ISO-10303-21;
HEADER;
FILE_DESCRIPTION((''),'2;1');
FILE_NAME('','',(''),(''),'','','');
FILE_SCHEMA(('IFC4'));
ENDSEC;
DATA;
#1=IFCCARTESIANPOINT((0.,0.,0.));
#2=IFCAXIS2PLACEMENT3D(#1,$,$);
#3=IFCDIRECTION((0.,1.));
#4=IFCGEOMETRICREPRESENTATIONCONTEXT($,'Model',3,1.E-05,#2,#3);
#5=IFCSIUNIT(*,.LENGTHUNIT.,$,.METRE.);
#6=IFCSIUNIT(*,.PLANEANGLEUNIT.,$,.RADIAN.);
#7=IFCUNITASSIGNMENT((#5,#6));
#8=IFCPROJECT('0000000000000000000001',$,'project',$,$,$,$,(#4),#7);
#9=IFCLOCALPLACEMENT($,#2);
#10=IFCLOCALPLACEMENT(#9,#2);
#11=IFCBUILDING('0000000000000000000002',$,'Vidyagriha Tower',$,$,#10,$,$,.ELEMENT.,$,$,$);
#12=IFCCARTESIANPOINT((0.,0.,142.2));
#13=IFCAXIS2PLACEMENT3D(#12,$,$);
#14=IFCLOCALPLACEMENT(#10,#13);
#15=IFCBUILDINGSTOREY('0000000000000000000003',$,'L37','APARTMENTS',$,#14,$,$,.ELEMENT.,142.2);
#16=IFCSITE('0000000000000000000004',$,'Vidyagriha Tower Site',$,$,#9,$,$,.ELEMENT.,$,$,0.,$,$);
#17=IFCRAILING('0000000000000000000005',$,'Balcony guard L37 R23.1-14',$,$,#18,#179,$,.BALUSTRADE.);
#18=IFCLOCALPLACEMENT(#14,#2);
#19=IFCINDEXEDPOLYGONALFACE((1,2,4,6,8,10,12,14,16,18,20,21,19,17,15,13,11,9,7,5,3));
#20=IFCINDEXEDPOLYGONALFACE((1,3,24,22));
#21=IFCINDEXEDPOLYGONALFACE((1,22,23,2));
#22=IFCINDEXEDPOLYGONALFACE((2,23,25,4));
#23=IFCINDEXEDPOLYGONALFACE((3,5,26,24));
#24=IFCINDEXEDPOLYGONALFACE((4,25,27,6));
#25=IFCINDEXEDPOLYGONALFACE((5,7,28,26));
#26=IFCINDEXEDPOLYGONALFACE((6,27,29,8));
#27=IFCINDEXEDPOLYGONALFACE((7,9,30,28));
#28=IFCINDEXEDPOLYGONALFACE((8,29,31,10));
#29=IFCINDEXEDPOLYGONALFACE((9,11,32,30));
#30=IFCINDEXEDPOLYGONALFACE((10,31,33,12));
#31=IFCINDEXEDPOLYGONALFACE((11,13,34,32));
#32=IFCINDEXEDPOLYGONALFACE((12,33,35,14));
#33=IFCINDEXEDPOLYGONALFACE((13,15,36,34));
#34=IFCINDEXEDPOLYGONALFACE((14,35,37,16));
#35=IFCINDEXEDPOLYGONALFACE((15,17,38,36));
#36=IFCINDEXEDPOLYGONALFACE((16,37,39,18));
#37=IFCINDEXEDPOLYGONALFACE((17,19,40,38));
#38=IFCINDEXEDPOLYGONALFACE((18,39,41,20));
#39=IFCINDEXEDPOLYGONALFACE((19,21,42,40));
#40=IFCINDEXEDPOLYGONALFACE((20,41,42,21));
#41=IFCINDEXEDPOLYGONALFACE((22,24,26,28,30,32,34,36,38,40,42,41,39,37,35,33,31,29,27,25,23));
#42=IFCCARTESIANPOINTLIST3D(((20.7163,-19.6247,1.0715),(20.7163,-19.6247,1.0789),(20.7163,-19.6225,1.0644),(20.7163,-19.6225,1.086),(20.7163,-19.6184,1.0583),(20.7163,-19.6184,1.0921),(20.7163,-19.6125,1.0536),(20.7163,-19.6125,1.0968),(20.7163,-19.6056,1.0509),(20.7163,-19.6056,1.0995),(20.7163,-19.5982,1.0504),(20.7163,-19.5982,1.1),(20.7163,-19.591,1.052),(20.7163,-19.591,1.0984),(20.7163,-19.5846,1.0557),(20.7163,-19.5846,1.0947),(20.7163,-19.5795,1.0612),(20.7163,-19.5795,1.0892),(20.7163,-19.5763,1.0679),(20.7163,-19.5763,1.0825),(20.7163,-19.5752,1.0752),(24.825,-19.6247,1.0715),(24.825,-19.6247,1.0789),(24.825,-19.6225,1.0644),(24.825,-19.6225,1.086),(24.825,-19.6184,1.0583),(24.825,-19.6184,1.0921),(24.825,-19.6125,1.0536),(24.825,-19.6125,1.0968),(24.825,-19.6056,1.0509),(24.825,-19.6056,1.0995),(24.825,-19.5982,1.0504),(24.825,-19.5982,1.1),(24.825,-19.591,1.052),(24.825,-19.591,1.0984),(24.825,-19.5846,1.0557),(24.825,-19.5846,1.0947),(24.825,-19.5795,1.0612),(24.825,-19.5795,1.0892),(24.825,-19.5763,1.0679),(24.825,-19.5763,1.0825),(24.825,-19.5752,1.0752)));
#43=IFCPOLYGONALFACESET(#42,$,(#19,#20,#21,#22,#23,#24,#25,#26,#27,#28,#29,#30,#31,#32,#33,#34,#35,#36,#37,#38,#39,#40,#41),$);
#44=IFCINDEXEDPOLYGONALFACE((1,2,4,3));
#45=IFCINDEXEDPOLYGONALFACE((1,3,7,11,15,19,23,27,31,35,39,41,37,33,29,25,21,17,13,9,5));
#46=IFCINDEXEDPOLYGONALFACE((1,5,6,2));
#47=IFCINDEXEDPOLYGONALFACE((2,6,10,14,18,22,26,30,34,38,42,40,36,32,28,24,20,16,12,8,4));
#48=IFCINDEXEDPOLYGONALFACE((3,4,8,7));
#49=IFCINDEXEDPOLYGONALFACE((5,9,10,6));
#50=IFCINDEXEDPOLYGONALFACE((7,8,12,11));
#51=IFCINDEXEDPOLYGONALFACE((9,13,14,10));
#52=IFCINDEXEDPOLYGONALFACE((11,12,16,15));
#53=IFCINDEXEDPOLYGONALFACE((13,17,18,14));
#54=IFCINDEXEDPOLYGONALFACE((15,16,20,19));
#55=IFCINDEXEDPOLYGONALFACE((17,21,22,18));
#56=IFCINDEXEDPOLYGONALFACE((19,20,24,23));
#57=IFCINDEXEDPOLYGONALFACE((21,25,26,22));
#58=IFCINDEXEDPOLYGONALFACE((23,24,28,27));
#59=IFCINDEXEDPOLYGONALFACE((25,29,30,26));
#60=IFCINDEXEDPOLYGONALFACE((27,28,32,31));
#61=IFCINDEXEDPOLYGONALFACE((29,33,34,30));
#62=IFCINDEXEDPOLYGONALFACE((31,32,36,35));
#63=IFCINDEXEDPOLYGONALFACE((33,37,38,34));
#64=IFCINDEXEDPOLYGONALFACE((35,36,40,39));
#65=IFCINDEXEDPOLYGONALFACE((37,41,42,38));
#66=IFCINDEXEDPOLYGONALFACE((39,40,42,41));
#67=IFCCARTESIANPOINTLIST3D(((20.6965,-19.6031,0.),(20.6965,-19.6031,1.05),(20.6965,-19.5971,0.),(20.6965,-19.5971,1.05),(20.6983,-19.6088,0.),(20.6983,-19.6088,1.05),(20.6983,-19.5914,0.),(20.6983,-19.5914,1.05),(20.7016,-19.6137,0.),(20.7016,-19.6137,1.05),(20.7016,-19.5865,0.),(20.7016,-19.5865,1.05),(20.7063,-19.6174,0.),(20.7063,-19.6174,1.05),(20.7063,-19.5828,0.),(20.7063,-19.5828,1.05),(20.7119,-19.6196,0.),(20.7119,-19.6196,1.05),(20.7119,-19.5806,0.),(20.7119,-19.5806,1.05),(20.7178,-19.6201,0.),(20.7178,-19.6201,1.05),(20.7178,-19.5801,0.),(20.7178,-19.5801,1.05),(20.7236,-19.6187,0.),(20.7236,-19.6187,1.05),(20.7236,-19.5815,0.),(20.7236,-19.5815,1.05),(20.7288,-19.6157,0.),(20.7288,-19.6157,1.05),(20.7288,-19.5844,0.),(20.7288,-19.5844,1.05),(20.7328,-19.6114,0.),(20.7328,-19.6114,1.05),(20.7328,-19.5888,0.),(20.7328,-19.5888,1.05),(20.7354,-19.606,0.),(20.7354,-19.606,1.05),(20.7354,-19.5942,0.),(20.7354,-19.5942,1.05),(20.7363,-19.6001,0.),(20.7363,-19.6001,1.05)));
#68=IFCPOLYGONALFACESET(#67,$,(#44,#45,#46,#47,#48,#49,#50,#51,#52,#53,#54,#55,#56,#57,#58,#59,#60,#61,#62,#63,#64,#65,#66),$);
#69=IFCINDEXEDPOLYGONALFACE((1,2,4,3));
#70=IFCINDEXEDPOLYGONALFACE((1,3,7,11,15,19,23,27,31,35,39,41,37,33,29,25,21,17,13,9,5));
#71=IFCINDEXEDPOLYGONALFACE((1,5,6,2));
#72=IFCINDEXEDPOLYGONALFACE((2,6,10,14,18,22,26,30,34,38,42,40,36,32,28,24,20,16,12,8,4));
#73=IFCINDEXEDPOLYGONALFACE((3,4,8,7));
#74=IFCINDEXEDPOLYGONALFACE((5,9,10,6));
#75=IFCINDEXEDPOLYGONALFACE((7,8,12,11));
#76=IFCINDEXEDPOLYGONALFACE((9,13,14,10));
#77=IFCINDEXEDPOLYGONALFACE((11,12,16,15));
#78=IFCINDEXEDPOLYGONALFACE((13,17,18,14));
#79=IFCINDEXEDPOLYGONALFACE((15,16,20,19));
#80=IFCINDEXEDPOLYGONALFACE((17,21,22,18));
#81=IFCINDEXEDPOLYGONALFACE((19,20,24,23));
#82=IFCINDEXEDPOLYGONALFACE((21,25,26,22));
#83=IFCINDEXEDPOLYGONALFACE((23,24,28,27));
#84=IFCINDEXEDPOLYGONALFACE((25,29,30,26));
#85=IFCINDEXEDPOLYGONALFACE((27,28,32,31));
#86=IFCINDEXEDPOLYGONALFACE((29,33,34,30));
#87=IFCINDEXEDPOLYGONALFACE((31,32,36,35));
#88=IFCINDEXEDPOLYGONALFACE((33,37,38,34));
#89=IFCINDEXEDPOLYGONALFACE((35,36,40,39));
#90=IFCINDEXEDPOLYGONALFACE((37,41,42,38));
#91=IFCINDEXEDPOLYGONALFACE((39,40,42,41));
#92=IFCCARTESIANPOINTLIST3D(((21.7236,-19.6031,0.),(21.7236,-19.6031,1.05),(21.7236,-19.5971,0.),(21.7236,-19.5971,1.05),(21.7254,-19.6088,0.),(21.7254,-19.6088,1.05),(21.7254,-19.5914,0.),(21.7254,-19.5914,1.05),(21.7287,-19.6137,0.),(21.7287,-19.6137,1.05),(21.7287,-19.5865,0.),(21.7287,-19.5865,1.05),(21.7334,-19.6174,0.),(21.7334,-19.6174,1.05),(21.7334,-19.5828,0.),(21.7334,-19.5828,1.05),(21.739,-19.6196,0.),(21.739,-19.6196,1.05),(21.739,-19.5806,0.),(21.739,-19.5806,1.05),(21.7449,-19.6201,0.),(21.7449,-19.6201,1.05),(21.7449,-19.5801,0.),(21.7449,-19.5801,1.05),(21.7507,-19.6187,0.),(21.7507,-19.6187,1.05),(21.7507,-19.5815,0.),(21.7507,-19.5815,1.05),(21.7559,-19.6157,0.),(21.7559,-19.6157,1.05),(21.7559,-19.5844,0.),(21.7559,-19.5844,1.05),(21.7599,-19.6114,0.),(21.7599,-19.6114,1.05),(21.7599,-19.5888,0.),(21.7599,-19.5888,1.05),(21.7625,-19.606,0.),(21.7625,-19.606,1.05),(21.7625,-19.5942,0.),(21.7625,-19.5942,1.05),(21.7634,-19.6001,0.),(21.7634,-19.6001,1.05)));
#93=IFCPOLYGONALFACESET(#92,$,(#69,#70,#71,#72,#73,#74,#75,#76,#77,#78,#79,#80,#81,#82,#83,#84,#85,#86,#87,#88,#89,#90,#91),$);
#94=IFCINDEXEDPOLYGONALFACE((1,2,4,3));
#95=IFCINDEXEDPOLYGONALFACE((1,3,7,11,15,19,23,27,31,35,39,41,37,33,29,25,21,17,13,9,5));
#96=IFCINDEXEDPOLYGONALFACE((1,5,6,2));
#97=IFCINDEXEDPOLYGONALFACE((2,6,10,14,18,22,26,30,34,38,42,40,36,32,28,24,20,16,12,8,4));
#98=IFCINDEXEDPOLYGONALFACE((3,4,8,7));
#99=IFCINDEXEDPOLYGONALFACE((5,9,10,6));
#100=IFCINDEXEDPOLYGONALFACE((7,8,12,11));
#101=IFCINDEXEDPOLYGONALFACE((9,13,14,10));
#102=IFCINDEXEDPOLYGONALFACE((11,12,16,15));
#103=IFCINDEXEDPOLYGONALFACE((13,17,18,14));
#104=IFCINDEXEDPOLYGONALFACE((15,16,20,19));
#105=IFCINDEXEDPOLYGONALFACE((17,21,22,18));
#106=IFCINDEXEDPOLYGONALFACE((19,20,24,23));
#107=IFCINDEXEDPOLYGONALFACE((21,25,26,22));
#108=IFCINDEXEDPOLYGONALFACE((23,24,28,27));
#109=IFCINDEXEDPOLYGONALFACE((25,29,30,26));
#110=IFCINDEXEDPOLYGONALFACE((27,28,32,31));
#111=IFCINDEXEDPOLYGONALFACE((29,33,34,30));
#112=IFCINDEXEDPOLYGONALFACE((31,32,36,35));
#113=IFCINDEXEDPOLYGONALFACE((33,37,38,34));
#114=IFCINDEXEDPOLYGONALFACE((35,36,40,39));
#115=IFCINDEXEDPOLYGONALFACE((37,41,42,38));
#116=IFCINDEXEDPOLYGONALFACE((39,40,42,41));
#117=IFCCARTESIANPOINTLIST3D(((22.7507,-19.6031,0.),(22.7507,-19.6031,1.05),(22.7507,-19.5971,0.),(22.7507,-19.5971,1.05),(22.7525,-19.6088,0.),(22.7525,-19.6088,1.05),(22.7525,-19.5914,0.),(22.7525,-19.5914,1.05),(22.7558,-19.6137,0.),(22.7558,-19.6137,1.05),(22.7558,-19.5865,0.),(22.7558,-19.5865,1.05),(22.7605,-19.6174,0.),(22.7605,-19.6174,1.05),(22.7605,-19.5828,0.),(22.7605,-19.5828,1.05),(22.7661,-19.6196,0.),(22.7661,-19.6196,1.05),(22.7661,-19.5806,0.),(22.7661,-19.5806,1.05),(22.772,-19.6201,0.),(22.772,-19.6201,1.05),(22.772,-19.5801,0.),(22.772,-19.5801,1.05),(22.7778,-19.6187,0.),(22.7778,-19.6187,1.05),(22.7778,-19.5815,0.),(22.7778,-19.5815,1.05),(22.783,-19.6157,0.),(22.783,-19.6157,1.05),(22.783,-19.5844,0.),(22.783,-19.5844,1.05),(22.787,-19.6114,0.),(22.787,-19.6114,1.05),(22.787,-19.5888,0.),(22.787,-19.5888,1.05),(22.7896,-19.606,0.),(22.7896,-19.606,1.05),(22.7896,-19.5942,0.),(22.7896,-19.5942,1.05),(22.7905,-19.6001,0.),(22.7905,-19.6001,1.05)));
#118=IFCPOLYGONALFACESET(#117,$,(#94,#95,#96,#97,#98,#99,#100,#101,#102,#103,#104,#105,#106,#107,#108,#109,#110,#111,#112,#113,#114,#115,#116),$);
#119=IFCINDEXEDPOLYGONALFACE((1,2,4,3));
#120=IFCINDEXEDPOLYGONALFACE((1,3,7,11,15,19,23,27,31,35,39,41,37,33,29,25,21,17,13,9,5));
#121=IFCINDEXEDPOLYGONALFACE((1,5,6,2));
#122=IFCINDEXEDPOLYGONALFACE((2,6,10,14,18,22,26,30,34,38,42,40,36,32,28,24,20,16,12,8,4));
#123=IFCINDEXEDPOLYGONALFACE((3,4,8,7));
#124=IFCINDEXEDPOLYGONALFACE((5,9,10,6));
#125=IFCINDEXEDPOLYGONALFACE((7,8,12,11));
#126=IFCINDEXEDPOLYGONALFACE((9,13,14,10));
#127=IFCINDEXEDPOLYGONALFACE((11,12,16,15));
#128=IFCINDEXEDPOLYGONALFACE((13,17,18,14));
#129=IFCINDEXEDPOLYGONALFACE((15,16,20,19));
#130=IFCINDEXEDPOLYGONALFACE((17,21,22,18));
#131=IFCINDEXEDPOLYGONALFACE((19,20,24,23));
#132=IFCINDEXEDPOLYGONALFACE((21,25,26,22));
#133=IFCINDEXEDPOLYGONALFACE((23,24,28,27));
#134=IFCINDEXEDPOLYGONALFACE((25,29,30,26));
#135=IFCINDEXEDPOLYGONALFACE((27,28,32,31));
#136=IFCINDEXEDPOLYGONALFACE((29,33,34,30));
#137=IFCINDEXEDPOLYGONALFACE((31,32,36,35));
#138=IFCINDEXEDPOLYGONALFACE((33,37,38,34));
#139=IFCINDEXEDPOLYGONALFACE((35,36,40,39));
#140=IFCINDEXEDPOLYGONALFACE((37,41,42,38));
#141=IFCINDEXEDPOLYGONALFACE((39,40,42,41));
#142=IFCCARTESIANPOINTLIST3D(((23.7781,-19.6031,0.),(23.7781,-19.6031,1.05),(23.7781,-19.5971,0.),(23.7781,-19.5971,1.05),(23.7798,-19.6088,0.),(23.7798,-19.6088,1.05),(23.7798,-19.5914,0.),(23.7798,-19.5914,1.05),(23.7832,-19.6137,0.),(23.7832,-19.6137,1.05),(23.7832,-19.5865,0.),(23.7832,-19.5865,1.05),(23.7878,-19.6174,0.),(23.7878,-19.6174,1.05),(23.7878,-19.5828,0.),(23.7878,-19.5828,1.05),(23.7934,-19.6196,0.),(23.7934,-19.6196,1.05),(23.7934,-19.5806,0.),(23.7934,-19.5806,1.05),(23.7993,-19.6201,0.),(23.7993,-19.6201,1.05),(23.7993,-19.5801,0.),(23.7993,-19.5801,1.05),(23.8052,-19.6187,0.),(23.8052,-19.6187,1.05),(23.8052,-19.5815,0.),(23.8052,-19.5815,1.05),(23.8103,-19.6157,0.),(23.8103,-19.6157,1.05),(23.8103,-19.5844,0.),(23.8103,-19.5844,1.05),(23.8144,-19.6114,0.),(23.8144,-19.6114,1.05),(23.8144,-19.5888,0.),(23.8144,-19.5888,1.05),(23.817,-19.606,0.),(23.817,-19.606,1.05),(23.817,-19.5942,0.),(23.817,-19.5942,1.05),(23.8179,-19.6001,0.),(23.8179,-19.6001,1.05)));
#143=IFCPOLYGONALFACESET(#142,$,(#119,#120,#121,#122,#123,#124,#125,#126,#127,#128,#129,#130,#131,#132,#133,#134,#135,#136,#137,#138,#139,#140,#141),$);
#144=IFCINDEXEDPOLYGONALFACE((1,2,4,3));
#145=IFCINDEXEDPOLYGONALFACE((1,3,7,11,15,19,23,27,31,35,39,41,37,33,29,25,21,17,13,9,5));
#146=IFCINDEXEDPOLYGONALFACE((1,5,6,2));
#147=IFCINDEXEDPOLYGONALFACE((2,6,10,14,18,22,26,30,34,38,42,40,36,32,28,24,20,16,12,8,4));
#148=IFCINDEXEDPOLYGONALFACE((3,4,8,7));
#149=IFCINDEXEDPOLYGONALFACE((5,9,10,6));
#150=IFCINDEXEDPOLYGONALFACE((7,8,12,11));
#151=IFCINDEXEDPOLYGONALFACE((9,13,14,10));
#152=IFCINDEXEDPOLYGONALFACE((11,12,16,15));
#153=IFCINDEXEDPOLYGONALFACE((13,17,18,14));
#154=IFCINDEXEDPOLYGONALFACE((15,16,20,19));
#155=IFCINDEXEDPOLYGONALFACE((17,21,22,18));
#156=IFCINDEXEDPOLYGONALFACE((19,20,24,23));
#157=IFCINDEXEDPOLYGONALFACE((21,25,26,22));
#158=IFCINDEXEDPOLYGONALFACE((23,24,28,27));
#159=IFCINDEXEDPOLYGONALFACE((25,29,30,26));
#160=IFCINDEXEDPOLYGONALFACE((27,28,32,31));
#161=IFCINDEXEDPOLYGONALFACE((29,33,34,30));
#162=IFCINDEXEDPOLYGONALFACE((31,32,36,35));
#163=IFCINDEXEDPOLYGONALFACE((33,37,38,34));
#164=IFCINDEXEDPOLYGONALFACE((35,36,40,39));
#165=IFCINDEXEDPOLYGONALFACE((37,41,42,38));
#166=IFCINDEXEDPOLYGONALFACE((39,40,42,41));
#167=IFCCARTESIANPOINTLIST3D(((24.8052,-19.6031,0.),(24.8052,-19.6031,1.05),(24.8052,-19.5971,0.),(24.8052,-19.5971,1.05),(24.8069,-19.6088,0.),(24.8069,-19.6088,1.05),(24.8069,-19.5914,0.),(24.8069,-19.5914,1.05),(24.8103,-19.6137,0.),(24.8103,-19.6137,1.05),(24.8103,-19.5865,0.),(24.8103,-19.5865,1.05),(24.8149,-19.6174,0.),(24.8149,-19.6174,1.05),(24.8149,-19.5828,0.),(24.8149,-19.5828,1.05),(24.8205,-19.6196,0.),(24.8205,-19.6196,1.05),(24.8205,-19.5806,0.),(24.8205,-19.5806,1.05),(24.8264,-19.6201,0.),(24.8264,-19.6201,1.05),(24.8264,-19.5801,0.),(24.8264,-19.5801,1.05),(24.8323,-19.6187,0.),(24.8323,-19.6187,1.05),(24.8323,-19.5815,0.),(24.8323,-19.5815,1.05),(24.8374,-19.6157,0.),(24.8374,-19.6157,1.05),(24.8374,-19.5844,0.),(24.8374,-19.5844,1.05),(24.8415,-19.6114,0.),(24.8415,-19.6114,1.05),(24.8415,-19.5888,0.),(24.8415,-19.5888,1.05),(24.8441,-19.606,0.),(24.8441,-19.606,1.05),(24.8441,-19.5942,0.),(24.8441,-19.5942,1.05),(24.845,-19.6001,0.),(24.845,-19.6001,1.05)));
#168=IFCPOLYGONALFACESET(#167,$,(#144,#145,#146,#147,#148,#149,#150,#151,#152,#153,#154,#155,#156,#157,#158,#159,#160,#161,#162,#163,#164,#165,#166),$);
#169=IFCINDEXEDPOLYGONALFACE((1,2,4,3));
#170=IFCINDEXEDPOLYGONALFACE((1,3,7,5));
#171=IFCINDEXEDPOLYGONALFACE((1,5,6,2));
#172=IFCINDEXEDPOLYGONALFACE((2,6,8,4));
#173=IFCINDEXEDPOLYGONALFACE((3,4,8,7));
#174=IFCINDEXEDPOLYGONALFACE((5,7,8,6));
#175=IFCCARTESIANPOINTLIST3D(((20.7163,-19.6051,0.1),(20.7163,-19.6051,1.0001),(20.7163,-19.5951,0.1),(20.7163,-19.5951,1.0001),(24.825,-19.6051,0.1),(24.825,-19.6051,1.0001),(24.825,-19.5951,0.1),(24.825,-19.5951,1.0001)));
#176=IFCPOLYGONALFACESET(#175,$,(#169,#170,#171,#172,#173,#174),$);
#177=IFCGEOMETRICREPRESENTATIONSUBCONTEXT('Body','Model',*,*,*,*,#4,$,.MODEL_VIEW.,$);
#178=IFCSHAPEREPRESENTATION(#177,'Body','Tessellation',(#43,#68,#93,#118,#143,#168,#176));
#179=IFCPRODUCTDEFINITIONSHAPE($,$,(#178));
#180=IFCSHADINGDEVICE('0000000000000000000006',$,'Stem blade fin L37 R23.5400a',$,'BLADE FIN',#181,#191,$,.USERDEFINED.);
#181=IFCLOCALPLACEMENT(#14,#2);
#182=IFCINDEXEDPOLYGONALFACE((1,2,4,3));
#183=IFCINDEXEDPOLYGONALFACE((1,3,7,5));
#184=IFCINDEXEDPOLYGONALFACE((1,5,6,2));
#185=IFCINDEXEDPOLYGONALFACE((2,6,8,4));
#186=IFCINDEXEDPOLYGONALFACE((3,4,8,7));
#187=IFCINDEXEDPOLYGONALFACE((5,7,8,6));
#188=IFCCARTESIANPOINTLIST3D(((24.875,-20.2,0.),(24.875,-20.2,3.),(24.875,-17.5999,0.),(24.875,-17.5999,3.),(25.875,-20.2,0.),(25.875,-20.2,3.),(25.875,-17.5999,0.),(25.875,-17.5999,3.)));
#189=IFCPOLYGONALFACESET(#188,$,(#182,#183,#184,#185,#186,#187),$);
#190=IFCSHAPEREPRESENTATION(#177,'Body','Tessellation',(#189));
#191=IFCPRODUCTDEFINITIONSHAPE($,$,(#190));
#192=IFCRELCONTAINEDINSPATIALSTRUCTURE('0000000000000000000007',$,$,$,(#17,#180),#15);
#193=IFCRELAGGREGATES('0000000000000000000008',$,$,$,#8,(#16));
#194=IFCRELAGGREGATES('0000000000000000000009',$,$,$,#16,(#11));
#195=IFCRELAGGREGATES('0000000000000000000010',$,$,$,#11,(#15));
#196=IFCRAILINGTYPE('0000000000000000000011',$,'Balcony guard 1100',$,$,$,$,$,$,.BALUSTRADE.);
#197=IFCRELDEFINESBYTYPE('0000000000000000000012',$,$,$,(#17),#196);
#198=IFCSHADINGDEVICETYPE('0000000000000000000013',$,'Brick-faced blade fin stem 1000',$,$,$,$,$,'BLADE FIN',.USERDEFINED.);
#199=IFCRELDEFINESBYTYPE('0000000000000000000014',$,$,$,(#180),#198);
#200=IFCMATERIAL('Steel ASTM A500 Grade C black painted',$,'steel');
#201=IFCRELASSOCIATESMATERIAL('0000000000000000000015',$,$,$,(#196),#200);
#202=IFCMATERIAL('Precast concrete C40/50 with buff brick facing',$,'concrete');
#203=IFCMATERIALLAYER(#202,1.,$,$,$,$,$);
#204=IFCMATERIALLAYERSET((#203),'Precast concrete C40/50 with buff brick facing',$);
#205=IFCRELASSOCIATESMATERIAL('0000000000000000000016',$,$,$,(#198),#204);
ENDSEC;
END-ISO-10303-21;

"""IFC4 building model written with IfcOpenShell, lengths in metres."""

from ifc_helpers import new_model, si_unit, direction, frame, origin, origin_2d, place, context, subcontext, project, spatial, polyline, rectangle, circle, outline, extrude, material, layer, layer_set, type_object, element, save


model = new_model("IFC4")

# Units and contexts
model_context = context("Model", 3, precision=1e-05, world=origin(), true_north=direction((0.0, 1.0)))
body_context = subcontext(model_context, "Body", "Model", "MODEL_VIEW")
ifc_project = project(units=[si_unit("LENGTHUNIT", "METRE"), si_unit("PLANEANGLEUNIT", "RADIAN")], contexts=[model_context])

# Site, building, storey
site_placement = place(None, origin())
site = spatial("IfcSite", under=ifc_project, at=site_placement, Name="Vidyagriha Tower Site", CompositionType="ELEMENT", RefElevation=0.0)
building_placement = place(site_placement, origin())
building = spatial("IfcBuilding", under=site, at=building_placement, Name="Vidyagriha Tower", CompositionType="ELEMENT")
storey_placement = place(building_placement, frame((0.0, 0.0, 142.2)))
storey = spatial("IfcBuildingStorey", under=building, at=storey_placement, Name="L37", Description="APARTMENTS", CompositionType="ELEMENT", Elevation=142.2)

# Railing
ifc_material_1 = material(Name="Steel ASTM A500 Grade C black painted", Category="steel")
railing_type_1 = type_object("IfcRailingType", Name="Balcony guard 1100", PredefinedType="BALUSTRADE", material=ifc_material_1)
railing_1_placement = place(storey_placement, frame((20.7163, -19.6001, 0.0)))
element("IfcRailing", 1, at=railing_1_placement, inside=storey, type_object=railing_type_1, Name="Balcony guard L37 R23.1-14", PredefinedType="BALUSTRADE", context=body_context, shape_type="SweptSolid", body=[
    extrude(circle(Radius=0.0249, at=origin_2d()), frame((0.0, 0.0, 1.0752), z_axis=(1.0, 0.0, 0.0), x_axis=(0.0, 1.0, 0.0)), (0.0, 0.0, 1.0), 4.1086),
    extrude(circle(Radius=0.02, at=origin_2d()), origin(), (0.0, 0.0, 1.0), 1.05),
    extrude(circle(Radius=0.02, at=origin_2d()), frame((1.0271, 0.0, 0.0)), (0.0, 0.0, 1.0), 1.05),
    extrude(circle(Radius=0.02, at=origin_2d()), frame((2.0542, 0.0, 0.0)), (0.0, 0.0, 1.0), 1.05),
    extrude(circle(Radius=0.02, at=origin_2d()), frame((3.0815, 0.0, 0.0)), (0.0, 0.0, 1.0), 1.05),
    extrude(circle(Radius=0.02, at=origin_2d()), frame((4.1086, 0.0, 0.0)), (0.0, 0.0, 1.0), 1.05),
    extrude(rectangle(XDim=0.01, YDim=0.9001, at=origin_2d()), frame((0.0, 0.0, 0.55), z_axis=(1.0, 0.0, 0.0), x_axis=(0.0, 1.0, 0.0)), (0.0, 0.0, 1.0), 4.1086),
])

# Shading device
ifc_material_2 = material(Name="Precast concrete C40/50 with buff brick facing", Category="concrete")
ifc_layer_1 = layer(ifc_material_2, 1.0)
ifc_layer_set_1 = layer_set([ifc_layer_1], Name="Precast concrete C40/50 with buff brick facing")
shading_device_type = type_object("IfcShadingDeviceType", Name="Brick-faced blade fin stem 1000", ElementType="BLADE FIN", PredefinedType="USERDEFINED", material=ifc_layer_set_1)
shading_device_placement = place(storey_placement, frame((24.875, -18.8999, 0.0)))
element("IfcShadingDevice", 2, at=shading_device_placement, inside=storey, type_object=shading_device_type, Name="Stem blade fin L37 R23.5400a", ObjectType="BLADE FIN", PredefinedType="USERDEFINED", context=body_context, shape_type="SweptSolid", body=[
    extrude(outline(polyline([(0.0, 0.0), (1.0, 0.0), (1.0, 3.0), (0.0, 3.0), (0.0, 0.0)])), frame((0.0, 1.3, 0.0), z_axis=(0.0, -1.0, 0.0), x_axis=(1.0, 0.0, 0.0)), (0.0, 0.0, 1.0), 2.6001),
])

save(model, "model.ifc")
